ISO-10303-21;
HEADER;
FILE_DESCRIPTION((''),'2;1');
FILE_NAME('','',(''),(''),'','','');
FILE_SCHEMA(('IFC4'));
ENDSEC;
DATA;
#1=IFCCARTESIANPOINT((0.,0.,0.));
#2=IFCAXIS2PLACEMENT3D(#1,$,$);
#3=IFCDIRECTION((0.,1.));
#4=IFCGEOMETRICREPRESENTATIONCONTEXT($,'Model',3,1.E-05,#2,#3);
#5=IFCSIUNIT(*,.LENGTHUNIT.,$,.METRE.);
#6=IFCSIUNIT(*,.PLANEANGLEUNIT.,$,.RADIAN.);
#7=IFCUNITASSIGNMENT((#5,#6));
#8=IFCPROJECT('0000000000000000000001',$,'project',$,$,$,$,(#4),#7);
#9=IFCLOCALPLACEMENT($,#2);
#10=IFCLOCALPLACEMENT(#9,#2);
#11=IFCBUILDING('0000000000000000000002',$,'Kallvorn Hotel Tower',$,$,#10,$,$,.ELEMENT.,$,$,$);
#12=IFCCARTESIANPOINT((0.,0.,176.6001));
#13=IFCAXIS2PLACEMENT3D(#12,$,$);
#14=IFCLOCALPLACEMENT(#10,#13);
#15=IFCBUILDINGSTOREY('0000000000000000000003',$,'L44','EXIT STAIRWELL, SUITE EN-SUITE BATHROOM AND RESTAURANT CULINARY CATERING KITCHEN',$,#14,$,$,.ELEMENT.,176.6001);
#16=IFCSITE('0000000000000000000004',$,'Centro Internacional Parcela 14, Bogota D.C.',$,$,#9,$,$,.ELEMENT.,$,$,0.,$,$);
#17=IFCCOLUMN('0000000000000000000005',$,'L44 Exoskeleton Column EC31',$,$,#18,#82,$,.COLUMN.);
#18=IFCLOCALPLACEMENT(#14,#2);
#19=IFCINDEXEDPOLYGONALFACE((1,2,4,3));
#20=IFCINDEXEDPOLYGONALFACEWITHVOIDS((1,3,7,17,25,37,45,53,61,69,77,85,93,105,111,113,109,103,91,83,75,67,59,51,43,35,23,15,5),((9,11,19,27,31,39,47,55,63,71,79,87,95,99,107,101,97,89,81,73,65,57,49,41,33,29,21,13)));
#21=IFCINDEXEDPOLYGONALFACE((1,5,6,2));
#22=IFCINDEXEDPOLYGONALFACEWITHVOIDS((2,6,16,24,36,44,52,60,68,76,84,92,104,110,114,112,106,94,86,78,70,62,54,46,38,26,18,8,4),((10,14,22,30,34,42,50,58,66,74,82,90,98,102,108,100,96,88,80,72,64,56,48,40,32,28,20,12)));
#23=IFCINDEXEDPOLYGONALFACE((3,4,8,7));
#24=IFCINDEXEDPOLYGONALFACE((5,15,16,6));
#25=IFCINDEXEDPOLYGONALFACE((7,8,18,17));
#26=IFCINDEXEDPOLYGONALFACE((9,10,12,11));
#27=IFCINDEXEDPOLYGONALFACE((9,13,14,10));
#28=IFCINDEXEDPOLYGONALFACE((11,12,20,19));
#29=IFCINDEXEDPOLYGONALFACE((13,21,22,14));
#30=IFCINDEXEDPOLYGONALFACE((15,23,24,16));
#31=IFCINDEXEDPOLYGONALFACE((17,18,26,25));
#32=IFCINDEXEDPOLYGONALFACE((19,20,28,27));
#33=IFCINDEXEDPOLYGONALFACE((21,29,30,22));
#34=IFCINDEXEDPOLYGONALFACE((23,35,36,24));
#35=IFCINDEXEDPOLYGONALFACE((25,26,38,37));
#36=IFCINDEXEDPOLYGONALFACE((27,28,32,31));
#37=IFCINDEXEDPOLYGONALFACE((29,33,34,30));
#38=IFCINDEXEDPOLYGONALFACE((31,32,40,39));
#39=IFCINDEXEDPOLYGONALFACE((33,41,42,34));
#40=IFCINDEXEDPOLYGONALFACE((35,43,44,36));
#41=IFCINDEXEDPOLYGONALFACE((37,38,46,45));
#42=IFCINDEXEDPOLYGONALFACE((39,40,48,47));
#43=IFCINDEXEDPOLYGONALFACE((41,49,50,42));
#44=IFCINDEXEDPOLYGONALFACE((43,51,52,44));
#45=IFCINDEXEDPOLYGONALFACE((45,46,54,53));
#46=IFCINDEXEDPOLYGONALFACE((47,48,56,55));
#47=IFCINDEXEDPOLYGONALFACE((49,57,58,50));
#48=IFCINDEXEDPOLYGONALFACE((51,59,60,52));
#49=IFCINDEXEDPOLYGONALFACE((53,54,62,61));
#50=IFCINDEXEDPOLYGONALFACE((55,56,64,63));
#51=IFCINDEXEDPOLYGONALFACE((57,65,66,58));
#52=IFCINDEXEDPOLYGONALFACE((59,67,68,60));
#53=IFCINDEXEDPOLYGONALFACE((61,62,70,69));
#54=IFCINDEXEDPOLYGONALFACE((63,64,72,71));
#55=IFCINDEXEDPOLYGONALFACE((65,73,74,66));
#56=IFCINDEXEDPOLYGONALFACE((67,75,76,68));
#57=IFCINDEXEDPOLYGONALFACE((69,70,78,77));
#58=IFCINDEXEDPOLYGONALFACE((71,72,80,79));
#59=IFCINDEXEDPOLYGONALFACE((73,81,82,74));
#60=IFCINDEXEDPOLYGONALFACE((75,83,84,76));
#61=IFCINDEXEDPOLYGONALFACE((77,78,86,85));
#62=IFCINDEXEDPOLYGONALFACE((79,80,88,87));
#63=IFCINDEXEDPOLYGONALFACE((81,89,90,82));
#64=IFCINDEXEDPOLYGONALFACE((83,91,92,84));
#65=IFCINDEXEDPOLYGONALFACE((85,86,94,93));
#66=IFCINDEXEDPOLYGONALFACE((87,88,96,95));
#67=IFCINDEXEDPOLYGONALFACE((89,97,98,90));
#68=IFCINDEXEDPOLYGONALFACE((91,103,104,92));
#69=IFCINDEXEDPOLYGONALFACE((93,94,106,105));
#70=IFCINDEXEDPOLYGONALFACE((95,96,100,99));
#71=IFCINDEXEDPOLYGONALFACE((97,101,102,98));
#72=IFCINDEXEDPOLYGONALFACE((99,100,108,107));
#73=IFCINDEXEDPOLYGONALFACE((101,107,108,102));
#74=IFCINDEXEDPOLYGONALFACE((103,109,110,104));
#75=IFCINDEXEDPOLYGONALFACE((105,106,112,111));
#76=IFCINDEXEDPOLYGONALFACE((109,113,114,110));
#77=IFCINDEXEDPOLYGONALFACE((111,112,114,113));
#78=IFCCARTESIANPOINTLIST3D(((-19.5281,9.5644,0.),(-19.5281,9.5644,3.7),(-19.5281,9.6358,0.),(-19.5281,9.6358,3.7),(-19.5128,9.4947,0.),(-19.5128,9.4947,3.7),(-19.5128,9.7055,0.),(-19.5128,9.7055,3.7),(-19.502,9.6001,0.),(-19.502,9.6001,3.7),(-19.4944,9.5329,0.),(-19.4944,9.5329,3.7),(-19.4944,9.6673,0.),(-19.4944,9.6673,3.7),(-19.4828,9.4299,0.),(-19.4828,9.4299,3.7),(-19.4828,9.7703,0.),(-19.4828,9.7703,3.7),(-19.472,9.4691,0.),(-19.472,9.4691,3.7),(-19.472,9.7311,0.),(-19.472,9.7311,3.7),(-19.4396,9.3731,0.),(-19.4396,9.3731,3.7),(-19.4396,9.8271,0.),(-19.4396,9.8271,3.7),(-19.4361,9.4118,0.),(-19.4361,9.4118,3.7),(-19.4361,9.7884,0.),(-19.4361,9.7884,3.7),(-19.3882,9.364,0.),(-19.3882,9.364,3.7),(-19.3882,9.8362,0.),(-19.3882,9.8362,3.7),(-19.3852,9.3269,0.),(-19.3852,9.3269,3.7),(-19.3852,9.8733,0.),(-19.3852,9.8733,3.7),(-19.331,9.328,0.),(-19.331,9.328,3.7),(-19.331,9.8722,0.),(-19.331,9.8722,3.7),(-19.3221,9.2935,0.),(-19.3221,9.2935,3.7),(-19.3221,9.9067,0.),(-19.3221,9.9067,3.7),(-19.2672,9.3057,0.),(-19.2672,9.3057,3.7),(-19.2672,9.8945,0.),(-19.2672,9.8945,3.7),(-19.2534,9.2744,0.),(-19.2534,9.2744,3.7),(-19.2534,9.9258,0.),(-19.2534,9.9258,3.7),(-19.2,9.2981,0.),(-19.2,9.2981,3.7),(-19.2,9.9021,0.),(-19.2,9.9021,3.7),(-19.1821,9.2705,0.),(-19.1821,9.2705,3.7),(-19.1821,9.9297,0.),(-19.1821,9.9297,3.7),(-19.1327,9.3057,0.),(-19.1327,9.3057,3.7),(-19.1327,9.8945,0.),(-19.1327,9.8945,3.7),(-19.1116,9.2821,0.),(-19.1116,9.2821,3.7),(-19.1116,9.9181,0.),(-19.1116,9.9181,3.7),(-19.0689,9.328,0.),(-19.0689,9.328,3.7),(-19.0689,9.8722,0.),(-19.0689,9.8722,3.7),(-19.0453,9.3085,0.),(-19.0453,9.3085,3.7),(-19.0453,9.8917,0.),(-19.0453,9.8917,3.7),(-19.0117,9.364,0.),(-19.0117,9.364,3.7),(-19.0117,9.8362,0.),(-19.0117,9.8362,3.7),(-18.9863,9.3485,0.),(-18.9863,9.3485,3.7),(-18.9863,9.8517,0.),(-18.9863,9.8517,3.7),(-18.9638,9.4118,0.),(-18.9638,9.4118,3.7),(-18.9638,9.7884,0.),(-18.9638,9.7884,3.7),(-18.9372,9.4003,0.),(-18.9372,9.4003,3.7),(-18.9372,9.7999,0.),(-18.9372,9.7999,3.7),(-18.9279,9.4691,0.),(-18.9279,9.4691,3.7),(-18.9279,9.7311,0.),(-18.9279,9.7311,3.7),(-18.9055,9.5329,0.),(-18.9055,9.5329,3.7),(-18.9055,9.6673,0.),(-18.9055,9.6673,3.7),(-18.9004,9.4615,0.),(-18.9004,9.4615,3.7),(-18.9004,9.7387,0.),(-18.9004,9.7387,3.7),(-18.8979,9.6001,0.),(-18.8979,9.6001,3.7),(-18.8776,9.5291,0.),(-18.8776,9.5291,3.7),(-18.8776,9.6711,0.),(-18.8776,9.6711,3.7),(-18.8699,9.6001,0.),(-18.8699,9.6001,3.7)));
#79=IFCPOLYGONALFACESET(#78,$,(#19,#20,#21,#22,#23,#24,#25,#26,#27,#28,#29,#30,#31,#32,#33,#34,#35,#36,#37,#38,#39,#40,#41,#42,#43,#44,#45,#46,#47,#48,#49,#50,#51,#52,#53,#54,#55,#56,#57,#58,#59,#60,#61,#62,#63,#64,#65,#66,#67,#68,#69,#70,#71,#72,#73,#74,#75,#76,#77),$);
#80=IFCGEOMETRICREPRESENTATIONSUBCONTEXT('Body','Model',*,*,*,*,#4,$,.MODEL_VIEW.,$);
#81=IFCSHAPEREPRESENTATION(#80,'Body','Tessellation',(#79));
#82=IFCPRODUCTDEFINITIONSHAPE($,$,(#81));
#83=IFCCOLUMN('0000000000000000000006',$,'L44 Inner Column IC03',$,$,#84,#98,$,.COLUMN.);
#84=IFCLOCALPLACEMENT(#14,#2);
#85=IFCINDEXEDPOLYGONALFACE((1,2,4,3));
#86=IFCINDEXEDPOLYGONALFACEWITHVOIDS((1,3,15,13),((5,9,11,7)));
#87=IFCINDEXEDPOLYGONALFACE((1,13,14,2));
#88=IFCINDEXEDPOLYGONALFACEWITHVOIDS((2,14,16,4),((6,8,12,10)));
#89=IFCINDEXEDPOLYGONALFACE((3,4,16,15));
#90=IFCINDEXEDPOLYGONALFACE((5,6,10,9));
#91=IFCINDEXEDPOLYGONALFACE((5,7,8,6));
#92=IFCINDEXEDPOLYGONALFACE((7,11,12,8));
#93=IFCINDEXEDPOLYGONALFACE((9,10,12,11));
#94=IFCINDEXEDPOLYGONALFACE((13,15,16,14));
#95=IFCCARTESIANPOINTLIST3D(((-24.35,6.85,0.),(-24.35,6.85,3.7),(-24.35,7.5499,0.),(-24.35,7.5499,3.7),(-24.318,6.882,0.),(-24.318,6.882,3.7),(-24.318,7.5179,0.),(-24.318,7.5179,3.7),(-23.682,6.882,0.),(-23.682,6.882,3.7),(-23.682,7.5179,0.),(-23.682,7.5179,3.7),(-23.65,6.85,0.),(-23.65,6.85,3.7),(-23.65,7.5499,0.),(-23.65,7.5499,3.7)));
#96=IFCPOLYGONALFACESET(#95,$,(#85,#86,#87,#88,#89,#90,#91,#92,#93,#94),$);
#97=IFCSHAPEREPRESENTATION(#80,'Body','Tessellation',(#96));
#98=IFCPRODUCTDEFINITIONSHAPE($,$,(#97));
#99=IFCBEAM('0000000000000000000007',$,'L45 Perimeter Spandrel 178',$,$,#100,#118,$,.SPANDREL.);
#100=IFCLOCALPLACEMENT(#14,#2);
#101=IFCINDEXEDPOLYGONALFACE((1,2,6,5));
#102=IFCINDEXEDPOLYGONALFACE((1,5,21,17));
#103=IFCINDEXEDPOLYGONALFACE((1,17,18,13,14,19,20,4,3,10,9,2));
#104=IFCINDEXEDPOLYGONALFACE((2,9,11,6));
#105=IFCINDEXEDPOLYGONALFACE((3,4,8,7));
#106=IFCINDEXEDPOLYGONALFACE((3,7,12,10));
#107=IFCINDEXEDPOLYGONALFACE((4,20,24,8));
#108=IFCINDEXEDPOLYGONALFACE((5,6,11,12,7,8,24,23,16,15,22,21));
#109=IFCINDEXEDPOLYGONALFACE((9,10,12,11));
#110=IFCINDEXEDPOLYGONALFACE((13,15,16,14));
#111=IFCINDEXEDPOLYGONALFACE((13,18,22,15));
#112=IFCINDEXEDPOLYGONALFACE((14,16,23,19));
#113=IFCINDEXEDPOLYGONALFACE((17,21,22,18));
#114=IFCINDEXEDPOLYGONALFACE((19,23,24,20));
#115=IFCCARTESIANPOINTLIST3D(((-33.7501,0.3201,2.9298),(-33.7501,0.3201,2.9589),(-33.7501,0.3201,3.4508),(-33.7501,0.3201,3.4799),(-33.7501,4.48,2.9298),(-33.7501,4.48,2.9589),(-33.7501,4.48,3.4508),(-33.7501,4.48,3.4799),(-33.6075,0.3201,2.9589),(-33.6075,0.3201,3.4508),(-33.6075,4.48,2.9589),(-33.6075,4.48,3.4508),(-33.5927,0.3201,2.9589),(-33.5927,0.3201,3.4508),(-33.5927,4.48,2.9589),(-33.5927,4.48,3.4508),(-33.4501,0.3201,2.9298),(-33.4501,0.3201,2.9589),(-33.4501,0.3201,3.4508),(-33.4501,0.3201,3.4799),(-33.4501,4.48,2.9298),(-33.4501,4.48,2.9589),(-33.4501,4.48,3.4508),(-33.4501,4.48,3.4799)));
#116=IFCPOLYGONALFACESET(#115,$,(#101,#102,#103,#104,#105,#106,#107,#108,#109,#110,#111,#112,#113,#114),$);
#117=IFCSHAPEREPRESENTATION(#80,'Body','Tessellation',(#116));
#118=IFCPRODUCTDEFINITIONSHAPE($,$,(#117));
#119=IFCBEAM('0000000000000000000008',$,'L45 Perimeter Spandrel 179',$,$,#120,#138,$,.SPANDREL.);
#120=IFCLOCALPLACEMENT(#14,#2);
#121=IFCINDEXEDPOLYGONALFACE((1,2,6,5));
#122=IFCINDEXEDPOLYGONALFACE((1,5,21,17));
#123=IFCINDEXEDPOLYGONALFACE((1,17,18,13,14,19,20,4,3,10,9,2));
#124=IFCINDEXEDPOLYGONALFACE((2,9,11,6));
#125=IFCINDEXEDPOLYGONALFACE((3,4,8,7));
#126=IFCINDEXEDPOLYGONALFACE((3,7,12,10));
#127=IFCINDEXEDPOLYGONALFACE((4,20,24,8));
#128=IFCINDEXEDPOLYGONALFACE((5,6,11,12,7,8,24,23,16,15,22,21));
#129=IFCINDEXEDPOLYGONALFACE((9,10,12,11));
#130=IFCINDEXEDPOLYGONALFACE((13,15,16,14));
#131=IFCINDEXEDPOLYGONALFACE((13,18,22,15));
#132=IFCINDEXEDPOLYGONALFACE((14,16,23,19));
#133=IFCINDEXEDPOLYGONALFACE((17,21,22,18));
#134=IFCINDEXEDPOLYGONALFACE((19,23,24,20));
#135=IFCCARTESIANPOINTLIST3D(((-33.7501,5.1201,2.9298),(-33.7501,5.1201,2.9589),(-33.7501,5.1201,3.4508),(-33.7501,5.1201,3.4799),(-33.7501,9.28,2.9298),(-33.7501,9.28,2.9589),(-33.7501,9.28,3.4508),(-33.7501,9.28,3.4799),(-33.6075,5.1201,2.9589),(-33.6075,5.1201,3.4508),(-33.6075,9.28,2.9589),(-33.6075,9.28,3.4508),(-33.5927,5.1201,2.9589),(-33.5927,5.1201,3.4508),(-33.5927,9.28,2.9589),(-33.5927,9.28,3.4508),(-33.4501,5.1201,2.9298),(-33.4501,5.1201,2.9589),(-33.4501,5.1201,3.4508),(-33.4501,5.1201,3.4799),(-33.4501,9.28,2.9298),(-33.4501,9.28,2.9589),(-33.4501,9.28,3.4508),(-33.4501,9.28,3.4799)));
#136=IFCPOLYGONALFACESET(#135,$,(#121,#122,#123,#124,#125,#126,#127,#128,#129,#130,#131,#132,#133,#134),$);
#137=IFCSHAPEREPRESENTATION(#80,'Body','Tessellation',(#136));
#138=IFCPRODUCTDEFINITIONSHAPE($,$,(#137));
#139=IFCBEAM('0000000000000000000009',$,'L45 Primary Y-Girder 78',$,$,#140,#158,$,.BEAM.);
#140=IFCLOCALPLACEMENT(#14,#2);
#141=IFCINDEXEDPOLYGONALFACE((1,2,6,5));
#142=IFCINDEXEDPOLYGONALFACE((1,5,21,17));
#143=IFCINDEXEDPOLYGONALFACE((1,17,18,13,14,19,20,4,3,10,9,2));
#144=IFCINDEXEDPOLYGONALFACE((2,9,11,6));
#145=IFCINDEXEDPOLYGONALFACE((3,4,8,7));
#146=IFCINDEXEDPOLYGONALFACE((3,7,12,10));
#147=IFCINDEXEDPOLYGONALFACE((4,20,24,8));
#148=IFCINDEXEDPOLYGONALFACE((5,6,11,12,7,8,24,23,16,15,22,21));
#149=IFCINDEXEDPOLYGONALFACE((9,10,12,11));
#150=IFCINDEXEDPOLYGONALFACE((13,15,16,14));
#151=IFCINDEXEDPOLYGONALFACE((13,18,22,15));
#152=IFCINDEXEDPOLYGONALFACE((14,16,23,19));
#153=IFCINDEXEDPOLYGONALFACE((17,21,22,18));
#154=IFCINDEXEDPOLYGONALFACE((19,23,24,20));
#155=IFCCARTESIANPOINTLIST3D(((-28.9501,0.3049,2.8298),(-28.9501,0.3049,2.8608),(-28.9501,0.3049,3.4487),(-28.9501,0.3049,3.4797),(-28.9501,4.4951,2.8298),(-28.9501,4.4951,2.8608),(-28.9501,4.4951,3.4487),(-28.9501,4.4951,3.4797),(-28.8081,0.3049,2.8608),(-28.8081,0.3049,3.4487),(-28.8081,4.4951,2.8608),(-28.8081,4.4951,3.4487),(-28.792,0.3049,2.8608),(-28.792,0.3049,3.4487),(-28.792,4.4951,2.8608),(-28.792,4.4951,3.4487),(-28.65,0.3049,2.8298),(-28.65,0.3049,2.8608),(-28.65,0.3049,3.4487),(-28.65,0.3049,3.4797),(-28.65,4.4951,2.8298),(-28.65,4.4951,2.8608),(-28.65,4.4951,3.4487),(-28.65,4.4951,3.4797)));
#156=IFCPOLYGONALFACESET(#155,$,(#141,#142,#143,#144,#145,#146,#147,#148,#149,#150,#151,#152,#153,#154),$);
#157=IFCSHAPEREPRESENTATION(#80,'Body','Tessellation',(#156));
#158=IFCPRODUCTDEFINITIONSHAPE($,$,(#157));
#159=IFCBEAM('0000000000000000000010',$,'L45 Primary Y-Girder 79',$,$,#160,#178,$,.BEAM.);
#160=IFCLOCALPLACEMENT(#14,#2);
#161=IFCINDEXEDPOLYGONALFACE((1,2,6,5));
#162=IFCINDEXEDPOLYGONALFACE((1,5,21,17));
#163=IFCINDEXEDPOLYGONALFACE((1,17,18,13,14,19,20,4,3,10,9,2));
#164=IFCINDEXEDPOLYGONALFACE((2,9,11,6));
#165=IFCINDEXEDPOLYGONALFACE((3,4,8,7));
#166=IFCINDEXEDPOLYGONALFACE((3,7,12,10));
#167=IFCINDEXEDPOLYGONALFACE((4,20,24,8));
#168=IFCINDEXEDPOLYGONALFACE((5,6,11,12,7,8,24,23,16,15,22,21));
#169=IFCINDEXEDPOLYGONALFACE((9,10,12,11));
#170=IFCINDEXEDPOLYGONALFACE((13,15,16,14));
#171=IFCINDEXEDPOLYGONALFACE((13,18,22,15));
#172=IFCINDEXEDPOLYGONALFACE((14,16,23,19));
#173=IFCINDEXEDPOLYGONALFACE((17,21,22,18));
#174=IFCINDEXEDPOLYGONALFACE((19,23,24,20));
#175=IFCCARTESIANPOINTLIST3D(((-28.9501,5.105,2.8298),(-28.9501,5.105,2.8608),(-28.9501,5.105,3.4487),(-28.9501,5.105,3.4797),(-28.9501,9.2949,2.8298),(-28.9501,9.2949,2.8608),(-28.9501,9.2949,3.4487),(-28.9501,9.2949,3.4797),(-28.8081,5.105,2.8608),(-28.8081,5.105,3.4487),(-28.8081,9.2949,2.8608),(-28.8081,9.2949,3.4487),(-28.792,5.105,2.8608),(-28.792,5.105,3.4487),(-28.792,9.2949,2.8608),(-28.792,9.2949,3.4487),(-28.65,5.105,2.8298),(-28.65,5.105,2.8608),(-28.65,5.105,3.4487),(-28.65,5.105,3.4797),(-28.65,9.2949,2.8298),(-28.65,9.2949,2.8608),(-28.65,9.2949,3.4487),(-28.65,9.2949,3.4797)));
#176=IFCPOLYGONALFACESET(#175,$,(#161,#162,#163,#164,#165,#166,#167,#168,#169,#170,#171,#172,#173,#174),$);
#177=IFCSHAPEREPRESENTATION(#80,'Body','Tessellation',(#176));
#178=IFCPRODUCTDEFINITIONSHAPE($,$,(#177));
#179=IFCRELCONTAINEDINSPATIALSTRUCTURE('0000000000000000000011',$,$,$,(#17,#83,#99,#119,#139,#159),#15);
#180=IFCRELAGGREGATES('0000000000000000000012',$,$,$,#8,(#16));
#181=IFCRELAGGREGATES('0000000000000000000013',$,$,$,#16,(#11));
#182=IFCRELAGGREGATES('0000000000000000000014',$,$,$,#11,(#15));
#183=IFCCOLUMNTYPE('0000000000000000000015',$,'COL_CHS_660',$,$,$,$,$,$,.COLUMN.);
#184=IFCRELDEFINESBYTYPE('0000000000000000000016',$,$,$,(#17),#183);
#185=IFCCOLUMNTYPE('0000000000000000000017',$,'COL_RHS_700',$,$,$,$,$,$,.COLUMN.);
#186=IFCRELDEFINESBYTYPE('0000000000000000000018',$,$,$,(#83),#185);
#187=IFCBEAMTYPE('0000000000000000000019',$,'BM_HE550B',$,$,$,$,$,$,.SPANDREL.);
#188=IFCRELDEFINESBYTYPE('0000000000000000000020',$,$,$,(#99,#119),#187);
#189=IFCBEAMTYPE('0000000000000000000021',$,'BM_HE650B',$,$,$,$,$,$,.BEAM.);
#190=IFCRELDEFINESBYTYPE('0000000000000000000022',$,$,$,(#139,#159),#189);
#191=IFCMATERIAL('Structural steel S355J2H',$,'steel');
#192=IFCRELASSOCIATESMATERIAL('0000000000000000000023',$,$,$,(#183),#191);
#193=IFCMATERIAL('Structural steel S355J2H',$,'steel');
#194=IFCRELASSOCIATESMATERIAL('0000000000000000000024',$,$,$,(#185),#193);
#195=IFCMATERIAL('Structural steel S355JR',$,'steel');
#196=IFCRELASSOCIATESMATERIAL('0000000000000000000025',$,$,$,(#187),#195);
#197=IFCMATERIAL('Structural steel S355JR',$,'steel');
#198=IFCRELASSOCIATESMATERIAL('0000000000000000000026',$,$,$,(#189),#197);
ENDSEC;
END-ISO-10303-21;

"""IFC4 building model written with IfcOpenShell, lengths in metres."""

from ifc_helpers import new_model, si_unit, direction, frame, origin, origin_2d, place, context, subcontext, project, spatial, hollow_rectangle, hollow_circle, i_section, extrude, material, material_profile, profile_set, type_object, element, save


model = new_model("IFC4")

# Units and contexts
model_context = context("Model", 3, precision=1e-05, world=origin(), true_north=direction((0.0, 1.0)))
body_context = subcontext(model_context, "Body", "Model", "MODEL_VIEW")
ifc_project = project(units=[si_unit("LENGTHUNIT", "METRE"), si_unit("PLANEANGLEUNIT", "RADIAN")], contexts=[model_context])

# Site, building, storey
site_placement = place(None, origin())
site = spatial("IfcSite", under=ifc_project, at=site_placement, Name="Centro Internacional Parcela 14, Bogota D.C.", CompositionType="ELEMENT", RefElevation=0.0)
building_placement = place(site_placement, origin())
building = spatial("IfcBuilding", under=site, at=building_placement, Name="Kallvorn Hotel Tower", CompositionType="ELEMENT")
storey_placement = place(building_placement, frame((0.0, 0.0, 176.6001)))
storey = spatial("IfcBuildingStorey", under=building, at=storey_placement, Name="L44", Description="EXIT STAIRWELL, SUITE EN-SUITE BATHROOM AND RESTAURANT CULINARY CATERING KITCHEN", CompositionType="ELEMENT", Elevation=176.6001)

# Columns
ifc_material_1 = material(Name="Structural steel S355J2H", Category="steel")
ifc_material_profile_1 = material_profile(ifc_material_1, hollow_circle(Radius=0.3301, WallThickness=0.0281, at=origin_2d()), Name="CHS 660x28")
ifc_profile_set_1 = profile_set([ifc_material_profile_1], Name="Structural steel S355J2H")
column_type_1 = type_object("IfcColumnType", Name="COL_CHS_660", PredefinedType="COLUMN", material=ifc_profile_set_1)
for number, where, z_axis, x_axis, name in (
    (1, (-19.2, 9.6001, 0.0), (0.0, 0.0, 1.0), (1.0, 0.0, 0.0), "L44 Exoskeleton Column EC31"),
):
    element("IfcColumn", number, at=place(storey_placement, frame(where, z_axis=z_axis, x_axis=x_axis)), inside=storey, type_object=column_type_1, Name=name, PredefinedType="COLUMN", context=body_context, shape_type="SweptSolid", body=[
        extrude(hollow_circle(Radius=0.3301, WallThickness=0.0281, at=origin_2d()), origin(), (0.0, 0.0, 1.0), 3.7),
    ])
ifc_material_2 = material(Name="Structural steel S355J2H", Category="steel")
ifc_material_profile_2 = material_profile(ifc_material_2, hollow_rectangle(XDim=0.7, YDim=0.7, WallThickness=0.032, at=origin_2d()), Name="RHS 700x700x32")
ifc_profile_set_2 = profile_set([ifc_material_profile_2], Name="Structural steel S355J2H")
column_type_2 = type_object("IfcColumnType", Name="COL_RHS_700", PredefinedType="COLUMN", material=ifc_profile_set_2)
column_placement = place(storey_placement, frame((-24.0, 7.2, 0.0), z_axis=(0.0, 0.0, 1.0), x_axis=(1.0, 0.0, 0.0)))
element("IfcColumn", 2, at=column_placement, inside=storey, type_object=column_type_2, Name="L44 Inner Column IC03", PredefinedType="COLUMN", context=body_context, shape_type="SweptSolid", body=[
    extrude(hollow_rectangle(XDim=0.7, YDim=0.7, WallThickness=0.032, at=origin_2d()), origin(), (0.0, 0.0, 1.0), 3.7),
])

# Beams
ifc_material_3 = material(Name="Structural steel S355JR", Category="steel")
ifc_material_profile_3 = material_profile(ifc_material_3, i_section(OverallWidth=0.3, OverallDepth=0.55, WebThickness=0.0149, FlangeThickness=0.0291, at=origin_2d()), Name="HE 550 B")
ifc_profile_set_3 = profile_set([ifc_material_profile_3], Name="Structural steel S355JR")
beam_type_1 = type_object("IfcBeamType", Name="BM_HE550B", PredefinedType="SPANDREL", material=ifc_profile_set_3)
for number, where, z_axis, x_axis, name in (
    (3, (-33.6001, 0.3201, 3.2048), (0.0, 1.0, 0.0), (-1.0, 0.0, 0.0), "L45 Perimeter Spandrel 178"),
    (4, (-33.6001, 5.1201, 3.2048), (0.0, 1.0, 0.0), (-1.0, 0.0, 0.0), "L45 Perimeter Spandrel 179"),
):
    element("IfcBeam", number, at=place(storey_placement, frame(where, z_axis=z_axis, x_axis=x_axis)), inside=storey, type_object=beam_type_1, Name=name, PredefinedType="SPANDREL", context=body_context, shape_type="SweptSolid", body=[
        extrude(i_section(OverallWidth=0.3, OverallDepth=0.55, WebThickness=0.0149, FlangeThickness=0.0291, at=origin_2d()), origin(), (0.0, 0.0, 1.0), 4.1599),
    ])
ifc_material_4 = material(Name="Structural steel S355JR", Category="steel")
ifc_material_profile_4 = material_profile(ifc_material_4, i_section(OverallWidth=0.3, OverallDepth=0.6499, WebThickness=0.0161, FlangeThickness=0.031, at=origin_2d()), Name="HE 650 B")
ifc_profile_set_4 = profile_set([ifc_material_profile_4], Name="Structural steel S355JR")
beam_type_2 = type_object("IfcBeamType", Name="BM_HE650B", PredefinedType="BEAM", material=ifc_profile_set_4)
beam_1_placement = place(storey_placement, frame((-28.8, 0.3049, 3.1548), z_axis=(0.0, 1.0, 0.0), x_axis=(-1.0, 0.0, 0.0)))
element("IfcBeam", 5, at=beam_1_placement, inside=storey, type_object=beam_type_2, Name="L45 Primary Y-Girder 78", PredefinedType="BEAM", context=body_context, shape_type="SweptSolid", body=[
    extrude(i_section(OverallWidth=0.3, OverallDepth=0.6499, WebThickness=0.0161, FlangeThickness=0.031, at=origin_2d()), origin(), (0.0, 0.0, 1.0), 4.1902),
])
beam_2_placement = place(storey_placement, frame((-28.8, 5.105, 3.1548), z_axis=(0.0, 1.0, 0.0), x_axis=(-1.0, 0.0, 0.0)))
element("IfcBeam", 6, at=beam_2_placement, inside=storey, type_object=beam_type_2, Name="L45 Primary Y-Girder 79", PredefinedType="BEAM", context=body_context, shape_type="SweptSolid", body=[
    extrude(i_section(OverallWidth=0.3, OverallDepth=0.6499, WebThickness=0.0161, FlangeThickness=0.031, at=origin_2d()), origin(), (0.0, 0.0, 1.0), 4.1899),
])

save(model, "model.ifc")
